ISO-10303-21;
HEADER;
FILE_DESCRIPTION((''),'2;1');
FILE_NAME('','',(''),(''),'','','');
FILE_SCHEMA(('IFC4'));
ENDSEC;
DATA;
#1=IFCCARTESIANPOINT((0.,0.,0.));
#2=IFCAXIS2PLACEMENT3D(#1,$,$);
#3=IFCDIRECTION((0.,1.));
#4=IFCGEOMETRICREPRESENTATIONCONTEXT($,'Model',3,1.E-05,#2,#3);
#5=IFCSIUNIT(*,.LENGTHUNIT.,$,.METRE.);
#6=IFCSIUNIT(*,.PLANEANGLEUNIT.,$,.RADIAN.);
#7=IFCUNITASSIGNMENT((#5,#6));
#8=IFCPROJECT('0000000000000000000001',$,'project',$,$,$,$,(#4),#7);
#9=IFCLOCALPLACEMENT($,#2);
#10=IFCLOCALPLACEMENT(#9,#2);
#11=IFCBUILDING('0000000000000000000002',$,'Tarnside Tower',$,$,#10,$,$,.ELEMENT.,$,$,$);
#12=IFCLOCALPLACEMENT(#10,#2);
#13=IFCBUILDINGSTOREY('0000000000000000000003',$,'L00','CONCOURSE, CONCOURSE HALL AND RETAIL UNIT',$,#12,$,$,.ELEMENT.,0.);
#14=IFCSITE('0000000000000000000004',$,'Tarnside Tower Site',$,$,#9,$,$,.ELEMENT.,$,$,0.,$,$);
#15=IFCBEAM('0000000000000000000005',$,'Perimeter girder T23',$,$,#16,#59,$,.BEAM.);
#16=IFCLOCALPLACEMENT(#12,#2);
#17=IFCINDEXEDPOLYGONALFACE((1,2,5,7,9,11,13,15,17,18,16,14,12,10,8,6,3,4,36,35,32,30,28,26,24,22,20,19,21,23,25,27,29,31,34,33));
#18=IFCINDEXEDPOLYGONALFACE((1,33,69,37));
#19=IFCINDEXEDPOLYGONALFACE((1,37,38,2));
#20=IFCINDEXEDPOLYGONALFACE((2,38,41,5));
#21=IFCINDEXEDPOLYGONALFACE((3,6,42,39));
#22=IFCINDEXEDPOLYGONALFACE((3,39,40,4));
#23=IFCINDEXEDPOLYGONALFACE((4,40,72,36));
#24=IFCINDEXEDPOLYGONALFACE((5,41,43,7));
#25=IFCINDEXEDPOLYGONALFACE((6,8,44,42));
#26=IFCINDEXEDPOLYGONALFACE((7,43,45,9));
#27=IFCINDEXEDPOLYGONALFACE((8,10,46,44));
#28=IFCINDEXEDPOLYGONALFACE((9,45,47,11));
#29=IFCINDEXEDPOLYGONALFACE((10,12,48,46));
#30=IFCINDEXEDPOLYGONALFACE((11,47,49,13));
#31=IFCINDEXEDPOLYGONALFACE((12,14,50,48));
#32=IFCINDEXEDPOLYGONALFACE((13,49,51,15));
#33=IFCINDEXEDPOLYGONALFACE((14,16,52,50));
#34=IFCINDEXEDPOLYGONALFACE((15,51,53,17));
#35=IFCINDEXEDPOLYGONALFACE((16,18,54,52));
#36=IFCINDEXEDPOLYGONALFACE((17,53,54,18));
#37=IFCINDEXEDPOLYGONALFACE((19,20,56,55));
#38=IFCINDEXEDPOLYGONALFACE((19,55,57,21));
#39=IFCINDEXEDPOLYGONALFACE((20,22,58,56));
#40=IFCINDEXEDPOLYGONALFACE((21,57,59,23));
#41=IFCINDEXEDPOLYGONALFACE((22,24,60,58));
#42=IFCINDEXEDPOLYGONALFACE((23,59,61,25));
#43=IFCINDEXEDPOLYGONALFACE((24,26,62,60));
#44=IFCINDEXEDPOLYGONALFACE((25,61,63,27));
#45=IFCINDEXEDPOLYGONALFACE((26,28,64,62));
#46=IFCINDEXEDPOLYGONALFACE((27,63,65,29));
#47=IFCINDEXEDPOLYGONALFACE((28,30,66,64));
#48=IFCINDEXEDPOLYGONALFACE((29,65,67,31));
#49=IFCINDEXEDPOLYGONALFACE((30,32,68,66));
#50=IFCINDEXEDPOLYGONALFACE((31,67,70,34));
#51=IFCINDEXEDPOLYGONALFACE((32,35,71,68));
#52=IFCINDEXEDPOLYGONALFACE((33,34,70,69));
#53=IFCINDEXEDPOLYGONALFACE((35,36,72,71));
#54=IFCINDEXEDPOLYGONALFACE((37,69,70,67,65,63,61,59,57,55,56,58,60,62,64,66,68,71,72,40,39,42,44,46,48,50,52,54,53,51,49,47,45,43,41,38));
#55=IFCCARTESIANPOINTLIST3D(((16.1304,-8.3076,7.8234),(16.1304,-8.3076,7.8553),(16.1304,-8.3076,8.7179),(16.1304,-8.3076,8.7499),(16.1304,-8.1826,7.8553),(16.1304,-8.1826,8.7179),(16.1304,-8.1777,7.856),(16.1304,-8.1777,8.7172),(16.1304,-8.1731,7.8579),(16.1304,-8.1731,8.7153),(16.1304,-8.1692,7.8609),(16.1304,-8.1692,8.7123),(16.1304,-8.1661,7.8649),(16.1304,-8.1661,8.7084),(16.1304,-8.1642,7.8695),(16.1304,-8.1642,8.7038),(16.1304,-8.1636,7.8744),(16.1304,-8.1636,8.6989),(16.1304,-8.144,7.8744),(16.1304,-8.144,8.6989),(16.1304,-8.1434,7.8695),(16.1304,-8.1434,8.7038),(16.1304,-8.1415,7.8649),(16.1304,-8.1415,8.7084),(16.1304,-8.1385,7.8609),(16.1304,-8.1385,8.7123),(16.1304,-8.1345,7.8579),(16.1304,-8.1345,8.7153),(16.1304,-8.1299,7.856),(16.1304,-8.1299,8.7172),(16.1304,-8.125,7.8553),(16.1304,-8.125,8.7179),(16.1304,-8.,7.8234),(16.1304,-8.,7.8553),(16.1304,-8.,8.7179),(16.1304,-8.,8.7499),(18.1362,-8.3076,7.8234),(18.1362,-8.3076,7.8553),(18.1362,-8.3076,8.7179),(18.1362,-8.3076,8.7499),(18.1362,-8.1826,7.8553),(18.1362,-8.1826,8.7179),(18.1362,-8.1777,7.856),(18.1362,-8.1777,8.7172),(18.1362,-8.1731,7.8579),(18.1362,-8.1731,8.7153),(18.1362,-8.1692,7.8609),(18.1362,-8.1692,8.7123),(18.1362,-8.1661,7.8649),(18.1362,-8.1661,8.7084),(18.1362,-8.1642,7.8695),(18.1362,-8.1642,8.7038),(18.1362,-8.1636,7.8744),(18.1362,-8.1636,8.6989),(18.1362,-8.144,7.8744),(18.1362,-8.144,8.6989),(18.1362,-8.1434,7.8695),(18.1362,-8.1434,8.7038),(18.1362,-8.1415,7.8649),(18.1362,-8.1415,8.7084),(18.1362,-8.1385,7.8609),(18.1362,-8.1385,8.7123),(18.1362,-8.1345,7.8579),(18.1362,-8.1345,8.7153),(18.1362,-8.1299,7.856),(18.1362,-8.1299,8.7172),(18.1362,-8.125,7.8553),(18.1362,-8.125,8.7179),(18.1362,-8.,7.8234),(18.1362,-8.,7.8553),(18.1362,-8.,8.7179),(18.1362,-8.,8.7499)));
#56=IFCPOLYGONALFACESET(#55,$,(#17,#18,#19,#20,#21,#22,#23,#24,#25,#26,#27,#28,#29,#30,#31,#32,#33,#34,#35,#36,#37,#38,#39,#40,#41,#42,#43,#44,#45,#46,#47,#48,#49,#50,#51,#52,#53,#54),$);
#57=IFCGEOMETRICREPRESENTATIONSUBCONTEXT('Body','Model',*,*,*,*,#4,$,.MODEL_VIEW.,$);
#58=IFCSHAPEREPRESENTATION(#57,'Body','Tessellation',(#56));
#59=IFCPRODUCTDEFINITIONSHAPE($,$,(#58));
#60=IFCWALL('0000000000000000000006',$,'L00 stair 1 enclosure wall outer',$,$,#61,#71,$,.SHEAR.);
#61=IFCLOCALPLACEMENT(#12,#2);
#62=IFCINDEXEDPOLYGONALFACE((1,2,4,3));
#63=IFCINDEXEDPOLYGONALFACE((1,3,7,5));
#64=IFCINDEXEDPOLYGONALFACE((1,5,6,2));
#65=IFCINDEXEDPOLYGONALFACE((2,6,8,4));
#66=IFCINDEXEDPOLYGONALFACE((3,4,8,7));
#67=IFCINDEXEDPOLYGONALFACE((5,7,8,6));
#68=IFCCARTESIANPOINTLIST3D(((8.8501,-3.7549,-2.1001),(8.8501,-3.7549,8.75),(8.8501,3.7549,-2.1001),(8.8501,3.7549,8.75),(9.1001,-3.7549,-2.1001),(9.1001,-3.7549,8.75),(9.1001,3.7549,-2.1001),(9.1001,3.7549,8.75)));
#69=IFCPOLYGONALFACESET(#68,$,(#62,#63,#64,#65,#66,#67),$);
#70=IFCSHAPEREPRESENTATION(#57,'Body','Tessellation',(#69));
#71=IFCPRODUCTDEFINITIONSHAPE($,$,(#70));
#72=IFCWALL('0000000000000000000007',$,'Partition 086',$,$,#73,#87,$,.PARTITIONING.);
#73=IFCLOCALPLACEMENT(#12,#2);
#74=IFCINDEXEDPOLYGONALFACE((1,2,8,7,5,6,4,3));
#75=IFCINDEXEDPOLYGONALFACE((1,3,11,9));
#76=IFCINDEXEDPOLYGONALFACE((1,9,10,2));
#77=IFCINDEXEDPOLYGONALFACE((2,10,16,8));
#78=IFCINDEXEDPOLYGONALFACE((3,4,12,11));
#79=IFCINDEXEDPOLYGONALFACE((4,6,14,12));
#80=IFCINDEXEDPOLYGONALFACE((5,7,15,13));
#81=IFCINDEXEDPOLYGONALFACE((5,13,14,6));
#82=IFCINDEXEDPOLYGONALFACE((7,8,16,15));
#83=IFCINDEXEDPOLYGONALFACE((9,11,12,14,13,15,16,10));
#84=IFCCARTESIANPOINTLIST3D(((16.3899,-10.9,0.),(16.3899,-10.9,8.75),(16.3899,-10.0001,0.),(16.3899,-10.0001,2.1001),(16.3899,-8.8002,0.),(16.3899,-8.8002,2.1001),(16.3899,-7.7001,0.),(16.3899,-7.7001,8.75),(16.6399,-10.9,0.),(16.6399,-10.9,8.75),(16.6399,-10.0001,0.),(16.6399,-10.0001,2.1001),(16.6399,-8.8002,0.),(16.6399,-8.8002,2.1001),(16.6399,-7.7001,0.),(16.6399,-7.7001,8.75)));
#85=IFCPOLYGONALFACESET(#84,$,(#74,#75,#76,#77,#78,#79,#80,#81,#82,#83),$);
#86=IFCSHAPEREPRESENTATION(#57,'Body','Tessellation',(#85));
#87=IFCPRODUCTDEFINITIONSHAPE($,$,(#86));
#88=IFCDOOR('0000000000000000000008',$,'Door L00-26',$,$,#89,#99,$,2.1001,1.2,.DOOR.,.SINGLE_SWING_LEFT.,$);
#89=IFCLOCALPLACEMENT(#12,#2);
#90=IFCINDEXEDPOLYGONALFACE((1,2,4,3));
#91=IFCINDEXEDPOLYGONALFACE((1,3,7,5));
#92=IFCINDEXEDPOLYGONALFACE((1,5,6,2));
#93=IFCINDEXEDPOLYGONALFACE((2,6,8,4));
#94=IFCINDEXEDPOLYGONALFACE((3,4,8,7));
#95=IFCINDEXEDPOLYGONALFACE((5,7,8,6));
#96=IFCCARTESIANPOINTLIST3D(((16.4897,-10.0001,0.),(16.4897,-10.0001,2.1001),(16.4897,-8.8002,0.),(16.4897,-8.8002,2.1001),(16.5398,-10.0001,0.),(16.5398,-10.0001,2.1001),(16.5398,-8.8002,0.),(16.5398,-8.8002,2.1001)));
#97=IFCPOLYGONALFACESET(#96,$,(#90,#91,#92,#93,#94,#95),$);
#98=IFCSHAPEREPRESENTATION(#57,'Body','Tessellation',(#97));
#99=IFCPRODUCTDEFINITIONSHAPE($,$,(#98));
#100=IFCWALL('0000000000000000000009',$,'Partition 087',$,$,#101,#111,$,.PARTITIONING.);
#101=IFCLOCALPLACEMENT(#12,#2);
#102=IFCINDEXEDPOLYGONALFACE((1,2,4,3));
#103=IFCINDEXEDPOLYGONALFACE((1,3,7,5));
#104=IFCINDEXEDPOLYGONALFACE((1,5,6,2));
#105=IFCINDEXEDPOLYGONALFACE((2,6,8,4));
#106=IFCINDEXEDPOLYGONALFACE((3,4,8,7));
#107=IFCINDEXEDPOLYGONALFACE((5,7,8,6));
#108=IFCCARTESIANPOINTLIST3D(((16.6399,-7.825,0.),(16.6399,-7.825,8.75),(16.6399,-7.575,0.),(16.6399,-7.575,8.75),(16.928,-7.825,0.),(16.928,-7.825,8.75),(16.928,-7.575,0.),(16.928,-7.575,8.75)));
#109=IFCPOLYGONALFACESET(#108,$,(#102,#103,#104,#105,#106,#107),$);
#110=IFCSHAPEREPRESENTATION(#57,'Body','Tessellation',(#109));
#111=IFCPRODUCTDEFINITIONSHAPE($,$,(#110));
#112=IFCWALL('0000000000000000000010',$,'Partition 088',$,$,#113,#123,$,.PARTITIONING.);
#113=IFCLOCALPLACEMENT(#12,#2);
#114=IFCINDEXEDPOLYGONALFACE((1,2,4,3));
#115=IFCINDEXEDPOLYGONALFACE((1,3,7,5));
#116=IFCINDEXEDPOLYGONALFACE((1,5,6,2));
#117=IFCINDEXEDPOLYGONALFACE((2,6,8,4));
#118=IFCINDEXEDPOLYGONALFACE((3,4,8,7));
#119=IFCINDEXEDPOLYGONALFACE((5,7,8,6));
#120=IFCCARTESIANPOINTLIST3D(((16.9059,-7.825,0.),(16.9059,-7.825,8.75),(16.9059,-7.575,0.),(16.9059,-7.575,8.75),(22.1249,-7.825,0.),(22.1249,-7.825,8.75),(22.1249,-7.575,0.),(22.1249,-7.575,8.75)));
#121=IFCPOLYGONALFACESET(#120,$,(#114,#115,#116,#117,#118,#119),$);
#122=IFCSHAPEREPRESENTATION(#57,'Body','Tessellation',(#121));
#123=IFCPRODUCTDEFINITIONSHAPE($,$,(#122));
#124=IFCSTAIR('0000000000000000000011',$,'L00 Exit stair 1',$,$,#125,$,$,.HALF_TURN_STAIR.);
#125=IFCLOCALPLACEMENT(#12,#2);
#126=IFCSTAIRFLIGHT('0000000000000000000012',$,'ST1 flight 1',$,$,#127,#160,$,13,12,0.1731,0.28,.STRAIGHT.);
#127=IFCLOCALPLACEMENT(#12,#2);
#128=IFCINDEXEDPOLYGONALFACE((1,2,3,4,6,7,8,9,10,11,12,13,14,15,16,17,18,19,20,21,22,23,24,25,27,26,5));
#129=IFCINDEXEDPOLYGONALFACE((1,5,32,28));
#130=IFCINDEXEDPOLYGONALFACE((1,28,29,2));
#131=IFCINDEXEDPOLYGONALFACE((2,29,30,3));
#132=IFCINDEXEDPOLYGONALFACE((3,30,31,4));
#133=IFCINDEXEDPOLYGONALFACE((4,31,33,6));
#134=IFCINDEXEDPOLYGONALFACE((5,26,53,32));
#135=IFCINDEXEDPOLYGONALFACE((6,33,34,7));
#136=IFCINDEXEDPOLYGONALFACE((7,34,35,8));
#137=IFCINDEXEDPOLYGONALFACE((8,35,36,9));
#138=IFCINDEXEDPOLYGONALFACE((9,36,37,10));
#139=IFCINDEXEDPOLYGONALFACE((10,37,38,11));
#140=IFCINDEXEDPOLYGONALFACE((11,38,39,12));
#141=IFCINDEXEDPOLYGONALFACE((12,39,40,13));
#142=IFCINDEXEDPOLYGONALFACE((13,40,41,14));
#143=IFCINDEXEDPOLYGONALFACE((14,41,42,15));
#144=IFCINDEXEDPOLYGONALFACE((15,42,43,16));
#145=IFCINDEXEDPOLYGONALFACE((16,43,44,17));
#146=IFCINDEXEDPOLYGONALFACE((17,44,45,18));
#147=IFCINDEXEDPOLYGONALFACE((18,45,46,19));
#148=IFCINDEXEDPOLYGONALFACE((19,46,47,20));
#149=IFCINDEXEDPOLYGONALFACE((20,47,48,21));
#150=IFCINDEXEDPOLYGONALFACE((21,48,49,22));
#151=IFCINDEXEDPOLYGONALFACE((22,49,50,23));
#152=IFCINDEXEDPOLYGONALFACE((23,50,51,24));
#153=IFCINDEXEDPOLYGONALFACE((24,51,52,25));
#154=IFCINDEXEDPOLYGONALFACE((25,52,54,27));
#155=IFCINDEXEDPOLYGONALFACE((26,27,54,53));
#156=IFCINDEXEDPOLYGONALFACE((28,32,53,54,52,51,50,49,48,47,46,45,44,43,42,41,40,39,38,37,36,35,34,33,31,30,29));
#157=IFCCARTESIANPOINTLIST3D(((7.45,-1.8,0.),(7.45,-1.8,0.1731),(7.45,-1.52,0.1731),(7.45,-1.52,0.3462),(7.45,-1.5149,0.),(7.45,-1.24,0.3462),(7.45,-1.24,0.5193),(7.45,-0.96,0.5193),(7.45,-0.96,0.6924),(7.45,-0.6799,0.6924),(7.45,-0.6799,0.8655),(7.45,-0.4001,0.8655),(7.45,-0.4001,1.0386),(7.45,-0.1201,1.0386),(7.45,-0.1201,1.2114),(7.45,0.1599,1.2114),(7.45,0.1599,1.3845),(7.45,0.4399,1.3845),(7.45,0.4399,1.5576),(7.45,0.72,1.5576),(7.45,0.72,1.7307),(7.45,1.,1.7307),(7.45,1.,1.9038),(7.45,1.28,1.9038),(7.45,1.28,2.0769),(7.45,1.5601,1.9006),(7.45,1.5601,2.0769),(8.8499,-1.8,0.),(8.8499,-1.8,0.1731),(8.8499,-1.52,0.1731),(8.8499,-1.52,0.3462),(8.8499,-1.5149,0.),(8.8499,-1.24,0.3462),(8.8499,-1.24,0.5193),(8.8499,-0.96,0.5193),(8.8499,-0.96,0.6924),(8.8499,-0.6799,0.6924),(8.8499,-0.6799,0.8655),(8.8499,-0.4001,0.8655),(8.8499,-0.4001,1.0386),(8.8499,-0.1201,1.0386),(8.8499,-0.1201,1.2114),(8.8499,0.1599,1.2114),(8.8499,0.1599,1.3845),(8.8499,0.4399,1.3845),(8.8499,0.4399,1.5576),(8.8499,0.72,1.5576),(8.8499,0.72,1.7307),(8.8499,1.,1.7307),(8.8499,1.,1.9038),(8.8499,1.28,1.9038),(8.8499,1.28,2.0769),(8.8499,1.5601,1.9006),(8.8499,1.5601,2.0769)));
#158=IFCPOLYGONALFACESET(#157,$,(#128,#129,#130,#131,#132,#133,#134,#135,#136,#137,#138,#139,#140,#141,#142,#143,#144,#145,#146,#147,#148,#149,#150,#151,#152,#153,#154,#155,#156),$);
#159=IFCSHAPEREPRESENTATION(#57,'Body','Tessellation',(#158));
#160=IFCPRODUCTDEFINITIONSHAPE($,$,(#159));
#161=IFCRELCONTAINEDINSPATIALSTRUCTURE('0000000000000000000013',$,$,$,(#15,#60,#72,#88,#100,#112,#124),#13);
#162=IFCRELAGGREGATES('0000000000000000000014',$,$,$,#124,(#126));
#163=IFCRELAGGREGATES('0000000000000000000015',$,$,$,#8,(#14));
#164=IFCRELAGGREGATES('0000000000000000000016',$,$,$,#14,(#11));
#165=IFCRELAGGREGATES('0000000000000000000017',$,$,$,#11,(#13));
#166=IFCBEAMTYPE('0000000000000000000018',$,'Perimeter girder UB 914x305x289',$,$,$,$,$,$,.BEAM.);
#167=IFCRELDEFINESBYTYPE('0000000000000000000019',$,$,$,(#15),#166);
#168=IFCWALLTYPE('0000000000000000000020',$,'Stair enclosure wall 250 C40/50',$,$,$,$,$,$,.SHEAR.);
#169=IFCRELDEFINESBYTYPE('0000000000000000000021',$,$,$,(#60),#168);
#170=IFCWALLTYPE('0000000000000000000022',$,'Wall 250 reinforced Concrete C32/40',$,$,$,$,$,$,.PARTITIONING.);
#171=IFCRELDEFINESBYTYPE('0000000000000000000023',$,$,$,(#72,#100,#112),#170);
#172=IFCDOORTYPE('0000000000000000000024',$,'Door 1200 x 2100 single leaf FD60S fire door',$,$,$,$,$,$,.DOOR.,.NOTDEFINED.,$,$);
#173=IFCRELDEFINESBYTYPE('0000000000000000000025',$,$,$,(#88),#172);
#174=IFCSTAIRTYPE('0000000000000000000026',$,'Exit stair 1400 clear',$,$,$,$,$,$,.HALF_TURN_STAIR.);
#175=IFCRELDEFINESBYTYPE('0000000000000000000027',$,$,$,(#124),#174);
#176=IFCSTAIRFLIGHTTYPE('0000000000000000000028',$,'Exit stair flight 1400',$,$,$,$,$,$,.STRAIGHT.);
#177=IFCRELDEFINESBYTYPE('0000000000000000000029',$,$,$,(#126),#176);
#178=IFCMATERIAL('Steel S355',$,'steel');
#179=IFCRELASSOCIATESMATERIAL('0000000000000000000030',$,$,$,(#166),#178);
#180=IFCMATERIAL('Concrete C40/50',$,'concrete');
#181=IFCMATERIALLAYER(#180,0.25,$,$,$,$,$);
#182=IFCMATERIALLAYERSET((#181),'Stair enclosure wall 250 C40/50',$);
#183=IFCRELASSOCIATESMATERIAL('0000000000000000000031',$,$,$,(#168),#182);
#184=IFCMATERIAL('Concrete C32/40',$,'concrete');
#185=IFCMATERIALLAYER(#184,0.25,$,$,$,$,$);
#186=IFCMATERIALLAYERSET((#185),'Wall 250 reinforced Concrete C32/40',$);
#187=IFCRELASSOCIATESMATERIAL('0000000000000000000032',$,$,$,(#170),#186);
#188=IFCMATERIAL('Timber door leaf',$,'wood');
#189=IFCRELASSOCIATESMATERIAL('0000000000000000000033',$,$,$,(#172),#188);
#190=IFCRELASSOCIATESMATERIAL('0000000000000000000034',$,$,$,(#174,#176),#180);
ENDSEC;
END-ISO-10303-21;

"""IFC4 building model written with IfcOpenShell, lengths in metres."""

from ifc_helpers import new_model, si_unit, direction, frame, frame_2d, origin, origin_2d, place, context, subcontext, project, spatial, polyline, rectangle, i_section, outline, extrude, material, layer, layer_set, material_profile, profile_set, type_object, element, fill, aggregate, save


model = new_model("IFC4")

# Units and contexts
model_context = context("Model", 3, precision=1e-05, world=origin(), true_north=direction((0.0, 1.0)))
body_context = subcontext(model_context, "Body", "Model", "MODEL_VIEW")
ifc_project = project(units=[si_unit("LENGTHUNIT", "METRE"), si_unit("PLANEANGLEUNIT", "RADIAN")], contexts=[model_context])

# Site, building, storey
site_placement = place(None, origin())
site = spatial("IfcSite", under=ifc_project, at=site_placement, Name="Tarnside Tower Site", CompositionType="ELEMENT", RefElevation=0.0)
building_placement = place(site_placement, origin())
building = spatial("IfcBuilding", under=site, at=building_placement, Name="Tarnside Tower", CompositionType="ELEMENT")
storey_placement = place(building_placement, origin())
storey = spatial("IfcBuildingStorey", under=building, at=storey_placement, Name="L00", Description="CONCOURSE, CONCOURSE HALL AND RETAIL UNIT", CompositionType="ELEMENT", Elevation=0.0)

# Beam
ifc_material_1 = material(Name="Steel S355", Category="steel")
ifc_material_profile_1 = material_profile(ifc_material_1, i_section(OverallWidth=0.3076, OverallDepth=0.9265, WebThickness=0.0195, FlangeThickness=0.032, FilletRadius=0.019, at=origin_2d()), Name="UB 914x305x289")
ifc_profile_set_1 = profile_set([ifc_material_profile_1], Name="Steel S355")
beam_type_1 = type_object("IfcBeamType", Name="Perimeter girder UB 914x305x289", PredefinedType="BEAM", material=ifc_profile_set_1)
beam_1_placement = place(storey_placement, frame((18.1362, -8.1538, 8.2866), z_axis=(-1.0, 0.0, 0.0), x_axis=(0.0, -1.0, 0.0)))
element("IfcBeam", 1, at=beam_1_placement, inside=storey, type_object=beam_type_1, Name="Perimeter girder T23", PredefinedType="BEAM", context=body_context, shape_type="SweptSolid", body=[
    extrude(i_section(OverallWidth=0.3076, OverallDepth=0.9265, WebThickness=0.0195, FlangeThickness=0.032, FilletRadius=0.019, at=origin_2d()), origin(), (0.0, 0.0, 1.0), 2.0059),
])

# Wall
ifc_material_2 = material(Name="Concrete C40/50", Category="concrete")
ifc_layer_1 = layer(ifc_material_2, 0.25)
ifc_layer_set_1 = layer_set([ifc_layer_1], Name="Stair enclosure wall 250 C40/50")
wall_type_1 = type_object("IfcWallType", Name="Stair enclosure wall 250 C40/50", PredefinedType="SHEAR", material=ifc_layer_set_1)
wall_1_placement = place(storey_placement, frame((8.9751, -3.7549, -2.1001), z_axis=(0.0, 0.0, 1.0), x_axis=(0.0, 1.0, 0.0)))
element("IfcWall", 2, at=wall_1_placement, inside=storey, type_object=wall_type_1, Name="L00 stair 1 enclosure wall outer", PredefinedType="SHEAR", context=body_context, shape_type="SweptSolid", body=[
    extrude(rectangle(XDim=7.5098, YDim=0.25, at=frame_2d((3.7549, 0.0))), origin(), (0.0, 0.0, 1.0), 10.8501),
])

# Wall, opening, door
ifc_material_3 = material(Name="Concrete C32/40", Category="concrete")
ifc_layer_2 = layer(ifc_material_3, 0.25)
ifc_layer_set_2 = layer_set([ifc_layer_2], Name="Wall 250 reinforced Concrete C32/40")
wall_type_2 = type_object("IfcWallType", Name="Wall 250 reinforced Concrete C32/40", PredefinedType="PARTITIONING", material=ifc_layer_set_2)
wall_2_placement = place(storey_placement, frame((16.5149, -7.7, 0.0), z_axis=(0.0, 0.0, 1.0), x_axis=(0.0, -1.0, 0.0)))
wall_2 = element("IfcWall", 3, at=wall_2_placement, inside=storey, type_object=wall_type_2, Name="Partition 086", PredefinedType="PARTITIONING", context=body_context, shape_type="SweptSolid", body=[
    extrude(rectangle(XDim=3.2, YDim=0.25, at=frame_2d((1.6001, 0.0))), origin(), (0.0, 0.0, 1.0), 8.75),
])
opening_placement = place(wall_2_placement, frame((1.1001, 0.0, 0.0)))
opening = element("IfcOpeningElement", 4, at=opening_placement, cuts=wall_2, PredefinedType="OPENING", context=body_context, shape_type="SweptSolid", body=[
    extrude(rectangle(XDim=1.2, YDim=2.1001, at=frame_2d((0.6001, 1.05))), frame((0.0, 0.135, 0.0), z_axis=(0.0, -1.0, 0.0), x_axis=(1.0, 0.0, 0.0)), (0.0, 0.0, 1.0), 0.27),
])
ifc_material_4 = material(Name="Timber door leaf", Category="wood")
door_type = type_object("IfcDoorType", Name="Door 1200 x 2100 single leaf FD60S fire door", OperationType="NOTDEFINED", PredefinedType="DOOR", material=ifc_material_4)
door_placement = place(opening_placement, origin())
door = element("IfcDoor", 5, at=door_placement, inside=storey, type_object=door_type, Name="Door L00-26", OperationType="SINGLE_SWING_LEFT", OverallHeight=2.1001, OverallWidth=1.2, PredefinedType="DOOR", context=body_context, shape_type="SweptSolid", body=[
    extrude(rectangle(XDim=1.2, YDim=2.1001, at=frame_2d((0.6001, 1.05))), frame((0.0, 0.0249, 0.0), z_axis=(0.0, -1.0, 0.0), x_axis=(1.0, 0.0, 0.0)), (0.0, 0.0, 1.0), 0.05),
])
fill(opening, door)

# Walls
wall_3_placement = place(storey_placement, frame((16.6399, -7.7, 0.0), z_axis=(0.0, 0.0, 1.0), x_axis=(1.0, 0.0, 0.0)))
element("IfcWall", 6, at=wall_3_placement, inside=storey, type_object=wall_type_2, Name="Partition 087", PredefinedType="PARTITIONING", context=body_context, shape_type="SweptSolid", body=[
    extrude(rectangle(XDim=0.2881, YDim=0.25, at=frame_2d((0.144, 0.0))), origin(), (0.0, 0.0, 1.0), 8.75),
])
wall_4_placement = place(storey_placement, frame((16.906, -7.7, 0.0), z_axis=(0.0, 0.0, 1.0), x_axis=(1.0, 0.0, 0.0)))
element("IfcWall", 7, at=wall_4_placement, inside=storey, type_object=wall_type_2, Name="Partition 088", PredefinedType="PARTITIONING", context=body_context, shape_type="SweptSolid", body=[
    extrude(rectangle(XDim=5.219, YDim=0.25, at=frame_2d((2.6094, 0.0))), origin(), (0.0, 0.0, 1.0), 8.75),
])

# Stair, stair flight
stair_type = type_object("IfcStairType", Name="Exit stair 1400 clear", PredefinedType="HALF_TURN_STAIR", material=ifc_material_2)
stair_placement = place(storey_placement, origin())
stair = element("IfcStair", 8, at=stair_placement, inside=storey, type_object=stair_type, Name="L00 Exit stair 1", PredefinedType="HALF_TURN_STAIR")
stair_flight_type = type_object("IfcStairFlightType", Name="Exit stair flight 1400", PredefinedType="STRAIGHT", material=ifc_material_2)
stair_flight_1_placement = place(storey_placement, frame((8.1499, -1.8, 0.0), z_axis=(0.0, 0.0, 1.0), x_axis=(0.0, 1.0, 0.0)))
stair_flight_1 = element("IfcStairFlight", 9, at=stair_flight_1_placement, type_object=stair_flight_type, Name="ST1 flight 1", NumberOfRisers=13, NumberOfTreads=12, PredefinedType="STRAIGHT", RiserHeight=0.1731, TreadLength=0.28, context=body_context, shape_type="SweptSolid", body=[
    extrude(outline(polyline([(0.0, 0.0), (0.0, 0.1731), (0.28, 0.1731), (0.28, 0.3462), (0.5601, 0.3462), (0.5601, 0.5193), (0.8401, 0.5193), (0.8401, 0.6924), (1.1201, 0.6924), (1.1201, 0.8655), (1.3999, 0.8655), (1.3999, 1.0386), (1.6799, 1.0386), (1.6799, 1.2114), (1.96, 1.2114), (1.96, 1.3845), (2.24, 1.3845), (2.24, 1.5576), (2.52, 1.5576), (2.52, 1.7307), (2.8, 1.7307), (2.8, 1.9038), (3.0801, 1.9038), (3.0801, 2.0769), (3.3601, 2.0769), (3.3601, 2.25), (3.3601, 1.9006), (0.2852, 0.0), (0.0, 0.0)])), frame((0.0, 0.7, 0.0), z_axis=(0.0, -1.0, 0.0), x_axis=(1.0, 0.0, 0.0)), (0.0, 0.0, 1.0), 1.3999),
])
aggregate(stair, [stair_flight_1])

save(model, "model.ifc")
